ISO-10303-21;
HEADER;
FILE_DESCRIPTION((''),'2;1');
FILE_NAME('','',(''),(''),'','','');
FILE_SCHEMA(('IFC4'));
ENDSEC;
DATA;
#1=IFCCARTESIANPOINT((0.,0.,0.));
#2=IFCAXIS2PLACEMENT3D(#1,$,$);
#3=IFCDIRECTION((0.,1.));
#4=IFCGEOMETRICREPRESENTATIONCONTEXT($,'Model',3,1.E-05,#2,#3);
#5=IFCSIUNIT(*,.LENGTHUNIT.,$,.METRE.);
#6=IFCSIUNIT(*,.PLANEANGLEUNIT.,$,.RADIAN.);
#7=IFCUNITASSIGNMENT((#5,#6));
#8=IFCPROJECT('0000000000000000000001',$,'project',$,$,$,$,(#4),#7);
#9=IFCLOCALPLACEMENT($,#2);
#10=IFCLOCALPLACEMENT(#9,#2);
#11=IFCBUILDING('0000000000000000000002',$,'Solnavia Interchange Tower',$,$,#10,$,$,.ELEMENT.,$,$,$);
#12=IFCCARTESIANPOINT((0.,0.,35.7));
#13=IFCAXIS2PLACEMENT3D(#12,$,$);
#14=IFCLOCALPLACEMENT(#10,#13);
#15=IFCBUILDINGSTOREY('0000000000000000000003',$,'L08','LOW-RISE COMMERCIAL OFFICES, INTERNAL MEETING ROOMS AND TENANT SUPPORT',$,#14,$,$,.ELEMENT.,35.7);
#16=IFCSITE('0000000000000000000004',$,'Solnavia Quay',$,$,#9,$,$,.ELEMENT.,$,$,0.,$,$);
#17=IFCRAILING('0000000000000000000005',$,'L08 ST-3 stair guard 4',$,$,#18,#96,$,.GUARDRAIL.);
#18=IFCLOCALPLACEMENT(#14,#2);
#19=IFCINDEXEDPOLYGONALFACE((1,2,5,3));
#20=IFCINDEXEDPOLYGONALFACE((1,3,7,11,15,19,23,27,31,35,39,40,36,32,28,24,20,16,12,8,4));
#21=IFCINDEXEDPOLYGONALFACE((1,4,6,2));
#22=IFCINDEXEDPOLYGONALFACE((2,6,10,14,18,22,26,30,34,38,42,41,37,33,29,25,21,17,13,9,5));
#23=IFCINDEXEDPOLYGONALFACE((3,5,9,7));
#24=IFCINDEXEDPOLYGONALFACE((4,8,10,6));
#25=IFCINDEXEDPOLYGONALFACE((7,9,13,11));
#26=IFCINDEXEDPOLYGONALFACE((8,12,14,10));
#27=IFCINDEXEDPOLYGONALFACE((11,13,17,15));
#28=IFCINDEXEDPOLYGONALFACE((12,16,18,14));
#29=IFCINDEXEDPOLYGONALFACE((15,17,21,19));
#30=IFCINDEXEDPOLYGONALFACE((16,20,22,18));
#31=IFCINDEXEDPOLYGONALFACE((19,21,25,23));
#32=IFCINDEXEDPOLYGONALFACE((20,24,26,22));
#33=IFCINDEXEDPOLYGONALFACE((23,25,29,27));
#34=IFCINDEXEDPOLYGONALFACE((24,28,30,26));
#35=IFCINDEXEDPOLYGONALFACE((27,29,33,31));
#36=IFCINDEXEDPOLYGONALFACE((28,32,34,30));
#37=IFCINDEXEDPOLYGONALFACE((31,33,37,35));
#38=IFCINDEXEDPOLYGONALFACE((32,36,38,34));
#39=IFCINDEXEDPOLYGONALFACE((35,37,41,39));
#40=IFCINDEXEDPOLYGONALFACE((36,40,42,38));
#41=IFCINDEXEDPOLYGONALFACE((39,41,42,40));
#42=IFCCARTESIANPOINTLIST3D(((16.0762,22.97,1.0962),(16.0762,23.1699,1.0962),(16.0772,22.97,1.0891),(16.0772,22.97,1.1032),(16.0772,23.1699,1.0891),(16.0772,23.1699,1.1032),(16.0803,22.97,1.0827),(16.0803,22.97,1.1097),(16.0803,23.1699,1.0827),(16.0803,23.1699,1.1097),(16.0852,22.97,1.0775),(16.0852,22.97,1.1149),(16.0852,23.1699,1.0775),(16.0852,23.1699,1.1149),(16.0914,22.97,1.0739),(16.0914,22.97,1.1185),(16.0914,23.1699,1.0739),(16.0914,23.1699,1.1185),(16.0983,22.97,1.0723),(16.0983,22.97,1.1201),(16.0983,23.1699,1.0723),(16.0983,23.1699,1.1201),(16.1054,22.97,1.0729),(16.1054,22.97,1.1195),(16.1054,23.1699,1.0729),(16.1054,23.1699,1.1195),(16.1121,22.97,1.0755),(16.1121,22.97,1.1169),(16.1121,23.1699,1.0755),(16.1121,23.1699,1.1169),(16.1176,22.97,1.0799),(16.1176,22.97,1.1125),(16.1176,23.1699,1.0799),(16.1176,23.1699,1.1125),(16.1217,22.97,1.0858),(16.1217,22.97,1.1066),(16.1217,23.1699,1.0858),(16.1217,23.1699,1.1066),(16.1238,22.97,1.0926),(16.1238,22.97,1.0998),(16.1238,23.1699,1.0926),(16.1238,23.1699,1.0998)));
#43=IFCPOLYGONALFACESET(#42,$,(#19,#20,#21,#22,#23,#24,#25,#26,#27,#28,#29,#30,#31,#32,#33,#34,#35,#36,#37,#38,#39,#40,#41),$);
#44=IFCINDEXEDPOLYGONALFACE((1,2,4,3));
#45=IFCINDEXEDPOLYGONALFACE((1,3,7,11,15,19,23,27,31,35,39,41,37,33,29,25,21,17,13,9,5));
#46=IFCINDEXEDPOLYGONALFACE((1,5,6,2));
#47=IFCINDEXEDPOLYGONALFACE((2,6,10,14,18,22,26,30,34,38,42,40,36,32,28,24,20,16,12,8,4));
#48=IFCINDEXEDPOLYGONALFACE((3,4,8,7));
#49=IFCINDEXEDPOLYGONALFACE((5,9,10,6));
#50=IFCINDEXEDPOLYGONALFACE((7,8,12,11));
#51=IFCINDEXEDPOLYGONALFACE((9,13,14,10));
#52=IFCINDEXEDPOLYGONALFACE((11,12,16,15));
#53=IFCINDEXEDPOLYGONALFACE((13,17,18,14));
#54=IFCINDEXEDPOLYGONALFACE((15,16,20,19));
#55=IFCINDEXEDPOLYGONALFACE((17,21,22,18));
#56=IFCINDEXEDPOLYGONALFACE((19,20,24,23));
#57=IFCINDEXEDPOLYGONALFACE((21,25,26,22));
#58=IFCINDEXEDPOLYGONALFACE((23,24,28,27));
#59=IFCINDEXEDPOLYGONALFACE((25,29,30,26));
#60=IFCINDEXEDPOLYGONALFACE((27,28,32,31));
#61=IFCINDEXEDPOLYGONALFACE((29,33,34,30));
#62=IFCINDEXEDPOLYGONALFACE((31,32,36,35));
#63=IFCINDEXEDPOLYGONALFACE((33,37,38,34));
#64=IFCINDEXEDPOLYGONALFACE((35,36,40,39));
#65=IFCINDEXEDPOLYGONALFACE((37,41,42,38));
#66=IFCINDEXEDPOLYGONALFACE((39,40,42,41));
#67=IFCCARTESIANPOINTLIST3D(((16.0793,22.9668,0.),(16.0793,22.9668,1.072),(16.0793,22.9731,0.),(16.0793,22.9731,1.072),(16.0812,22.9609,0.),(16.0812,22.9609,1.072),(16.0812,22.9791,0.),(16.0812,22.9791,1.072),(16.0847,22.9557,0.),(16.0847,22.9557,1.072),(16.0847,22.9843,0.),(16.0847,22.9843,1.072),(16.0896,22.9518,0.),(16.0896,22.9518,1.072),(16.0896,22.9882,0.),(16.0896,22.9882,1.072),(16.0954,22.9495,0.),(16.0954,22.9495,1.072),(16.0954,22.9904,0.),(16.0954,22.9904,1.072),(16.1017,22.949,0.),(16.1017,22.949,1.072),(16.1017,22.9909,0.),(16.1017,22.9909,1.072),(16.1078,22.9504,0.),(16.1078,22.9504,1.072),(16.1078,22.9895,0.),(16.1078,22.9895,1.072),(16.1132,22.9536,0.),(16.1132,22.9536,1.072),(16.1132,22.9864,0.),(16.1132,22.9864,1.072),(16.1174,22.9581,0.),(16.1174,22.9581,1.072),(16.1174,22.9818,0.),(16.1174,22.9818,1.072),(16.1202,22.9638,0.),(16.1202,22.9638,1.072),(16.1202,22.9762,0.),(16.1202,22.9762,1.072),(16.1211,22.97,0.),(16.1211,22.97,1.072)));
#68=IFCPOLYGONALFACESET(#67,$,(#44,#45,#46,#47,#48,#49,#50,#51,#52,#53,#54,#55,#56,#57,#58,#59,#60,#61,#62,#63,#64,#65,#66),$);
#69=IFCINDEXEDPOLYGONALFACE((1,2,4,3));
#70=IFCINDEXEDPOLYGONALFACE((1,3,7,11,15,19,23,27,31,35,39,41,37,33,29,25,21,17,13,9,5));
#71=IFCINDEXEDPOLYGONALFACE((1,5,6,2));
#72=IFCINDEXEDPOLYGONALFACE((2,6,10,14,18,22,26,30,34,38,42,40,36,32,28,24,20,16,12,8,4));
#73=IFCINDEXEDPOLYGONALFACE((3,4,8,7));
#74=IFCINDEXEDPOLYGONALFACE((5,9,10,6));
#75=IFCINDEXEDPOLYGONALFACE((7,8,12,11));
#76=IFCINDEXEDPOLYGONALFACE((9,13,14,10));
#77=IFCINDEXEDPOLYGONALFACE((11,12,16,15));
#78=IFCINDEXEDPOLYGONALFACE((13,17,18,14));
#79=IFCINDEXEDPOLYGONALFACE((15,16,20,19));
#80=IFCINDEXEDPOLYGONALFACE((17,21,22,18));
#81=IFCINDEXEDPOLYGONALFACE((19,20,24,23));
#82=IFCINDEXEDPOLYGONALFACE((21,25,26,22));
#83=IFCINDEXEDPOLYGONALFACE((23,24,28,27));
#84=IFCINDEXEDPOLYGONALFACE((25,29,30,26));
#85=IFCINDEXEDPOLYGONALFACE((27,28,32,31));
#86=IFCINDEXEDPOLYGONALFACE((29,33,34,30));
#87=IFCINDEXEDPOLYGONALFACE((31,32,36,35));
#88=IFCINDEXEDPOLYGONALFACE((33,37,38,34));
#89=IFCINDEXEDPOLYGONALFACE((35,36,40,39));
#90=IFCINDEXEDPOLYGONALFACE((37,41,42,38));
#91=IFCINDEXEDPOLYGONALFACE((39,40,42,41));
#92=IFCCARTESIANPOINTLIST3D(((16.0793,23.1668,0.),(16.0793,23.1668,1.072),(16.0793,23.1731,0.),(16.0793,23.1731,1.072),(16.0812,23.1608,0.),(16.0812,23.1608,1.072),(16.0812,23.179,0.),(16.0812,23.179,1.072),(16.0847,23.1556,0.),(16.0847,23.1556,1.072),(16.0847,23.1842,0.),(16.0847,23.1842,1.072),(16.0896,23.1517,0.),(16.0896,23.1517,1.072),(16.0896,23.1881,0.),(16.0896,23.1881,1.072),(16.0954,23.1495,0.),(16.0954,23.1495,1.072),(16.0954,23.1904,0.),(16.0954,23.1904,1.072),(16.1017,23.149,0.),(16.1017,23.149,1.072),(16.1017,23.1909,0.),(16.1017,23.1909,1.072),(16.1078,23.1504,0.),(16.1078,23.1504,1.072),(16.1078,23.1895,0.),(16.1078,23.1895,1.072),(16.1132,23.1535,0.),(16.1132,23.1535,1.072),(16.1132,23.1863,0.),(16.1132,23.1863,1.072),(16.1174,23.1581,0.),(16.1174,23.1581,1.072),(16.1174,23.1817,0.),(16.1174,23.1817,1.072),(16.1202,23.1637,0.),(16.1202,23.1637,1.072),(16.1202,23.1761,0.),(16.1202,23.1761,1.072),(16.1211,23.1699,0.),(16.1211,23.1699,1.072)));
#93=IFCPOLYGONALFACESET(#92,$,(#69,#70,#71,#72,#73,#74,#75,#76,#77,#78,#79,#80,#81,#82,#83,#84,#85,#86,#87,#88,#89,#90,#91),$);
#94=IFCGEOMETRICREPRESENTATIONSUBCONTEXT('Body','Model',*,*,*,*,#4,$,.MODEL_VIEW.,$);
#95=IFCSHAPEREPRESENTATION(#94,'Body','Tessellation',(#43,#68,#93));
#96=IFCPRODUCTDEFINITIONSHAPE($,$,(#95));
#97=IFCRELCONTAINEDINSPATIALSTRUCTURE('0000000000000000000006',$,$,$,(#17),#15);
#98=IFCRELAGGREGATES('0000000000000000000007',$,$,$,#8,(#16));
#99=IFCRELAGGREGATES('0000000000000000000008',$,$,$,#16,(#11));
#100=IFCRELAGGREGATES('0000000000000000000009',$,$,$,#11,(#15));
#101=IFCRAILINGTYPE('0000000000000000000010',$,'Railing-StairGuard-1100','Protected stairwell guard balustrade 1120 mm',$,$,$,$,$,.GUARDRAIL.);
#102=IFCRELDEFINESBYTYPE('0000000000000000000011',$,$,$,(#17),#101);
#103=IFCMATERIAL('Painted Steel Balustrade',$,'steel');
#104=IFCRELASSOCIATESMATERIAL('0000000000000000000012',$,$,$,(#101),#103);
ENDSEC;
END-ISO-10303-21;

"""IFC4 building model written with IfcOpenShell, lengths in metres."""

from ifc_helpers import new_model, si_unit, direction, frame, origin, origin_2d, place, context, subcontext, project, spatial, circle, extrude, material, type_object, element, save


model = new_model("IFC4")

# Units and contexts
model_context = context("Model", 3, precision=1e-05, world=origin(), true_north=direction((0.0, 1.0)))
body_context = subcontext(model_context, "Body", "Model", "MODEL_VIEW")
ifc_project = project(units=[si_unit("LENGTHUNIT", "METRE"), si_unit("PLANEANGLEUNIT", "RADIAN")], contexts=[model_context])

# Site, building, storey
site_placement = place(None, origin())
site = spatial("IfcSite", under=ifc_project, at=site_placement, Name="Solnavia Quay", CompositionType="ELEMENT", RefElevation=0.0)
building_placement = place(site_placement, origin())
building = spatial("IfcBuilding", under=site, at=building_placement, Name="Solnavia Interchange Tower", CompositionType="ELEMENT")
storey_placement = place(building_placement, frame((0.0, 0.0, 35.7)))
storey = spatial("IfcBuildingStorey", under=building, at=storey_placement, Name="L08", Description="LOW-RISE COMMERCIAL OFFICES, INTERNAL MEETING ROOMS AND TENANT SUPPORT", CompositionType="ELEMENT", Elevation=35.7)

# Railing
ifc_material_1 = material(Name="Painted Steel Balustrade", Category="steel")
railing_type_1 = type_object("IfcRailingType", Name="Railing-StairGuard-1100", Description="Protected stairwell guard balustrade 1120 mm", PredefinedType="GUARDRAIL", material=ifc_material_1)
railing_1_placement = place(storey_placement, frame((16.1001, 22.97, 0.0)))
element("IfcRailing", 1, at=railing_1_placement, inside=storey, type_object=railing_type_1, Name="L08 ST-3 stair guard 4", PredefinedType="GUARDRAIL", context=body_context, shape_type="SweptSolid", body=[
    extrude(circle(Radius=0.0239, at=origin_2d()), frame((0.0, 0.0, 1.0962), z_axis=(0.0, 1.0, 0.0), x_axis=(-1.0, 0.0, 0.0)), (0.0, 0.0, 1.0), 0.2),
    extrude(circle(Radius=0.021, at=origin_2d()), origin(), (0.0, 0.0, 1.0), 1.072),
    extrude(circle(Radius=0.021, at=origin_2d()), frame((0.0, 0.2, 0.0)), (0.0, 0.0, 1.0), 1.072),
])

save(model, "model.ifc")
